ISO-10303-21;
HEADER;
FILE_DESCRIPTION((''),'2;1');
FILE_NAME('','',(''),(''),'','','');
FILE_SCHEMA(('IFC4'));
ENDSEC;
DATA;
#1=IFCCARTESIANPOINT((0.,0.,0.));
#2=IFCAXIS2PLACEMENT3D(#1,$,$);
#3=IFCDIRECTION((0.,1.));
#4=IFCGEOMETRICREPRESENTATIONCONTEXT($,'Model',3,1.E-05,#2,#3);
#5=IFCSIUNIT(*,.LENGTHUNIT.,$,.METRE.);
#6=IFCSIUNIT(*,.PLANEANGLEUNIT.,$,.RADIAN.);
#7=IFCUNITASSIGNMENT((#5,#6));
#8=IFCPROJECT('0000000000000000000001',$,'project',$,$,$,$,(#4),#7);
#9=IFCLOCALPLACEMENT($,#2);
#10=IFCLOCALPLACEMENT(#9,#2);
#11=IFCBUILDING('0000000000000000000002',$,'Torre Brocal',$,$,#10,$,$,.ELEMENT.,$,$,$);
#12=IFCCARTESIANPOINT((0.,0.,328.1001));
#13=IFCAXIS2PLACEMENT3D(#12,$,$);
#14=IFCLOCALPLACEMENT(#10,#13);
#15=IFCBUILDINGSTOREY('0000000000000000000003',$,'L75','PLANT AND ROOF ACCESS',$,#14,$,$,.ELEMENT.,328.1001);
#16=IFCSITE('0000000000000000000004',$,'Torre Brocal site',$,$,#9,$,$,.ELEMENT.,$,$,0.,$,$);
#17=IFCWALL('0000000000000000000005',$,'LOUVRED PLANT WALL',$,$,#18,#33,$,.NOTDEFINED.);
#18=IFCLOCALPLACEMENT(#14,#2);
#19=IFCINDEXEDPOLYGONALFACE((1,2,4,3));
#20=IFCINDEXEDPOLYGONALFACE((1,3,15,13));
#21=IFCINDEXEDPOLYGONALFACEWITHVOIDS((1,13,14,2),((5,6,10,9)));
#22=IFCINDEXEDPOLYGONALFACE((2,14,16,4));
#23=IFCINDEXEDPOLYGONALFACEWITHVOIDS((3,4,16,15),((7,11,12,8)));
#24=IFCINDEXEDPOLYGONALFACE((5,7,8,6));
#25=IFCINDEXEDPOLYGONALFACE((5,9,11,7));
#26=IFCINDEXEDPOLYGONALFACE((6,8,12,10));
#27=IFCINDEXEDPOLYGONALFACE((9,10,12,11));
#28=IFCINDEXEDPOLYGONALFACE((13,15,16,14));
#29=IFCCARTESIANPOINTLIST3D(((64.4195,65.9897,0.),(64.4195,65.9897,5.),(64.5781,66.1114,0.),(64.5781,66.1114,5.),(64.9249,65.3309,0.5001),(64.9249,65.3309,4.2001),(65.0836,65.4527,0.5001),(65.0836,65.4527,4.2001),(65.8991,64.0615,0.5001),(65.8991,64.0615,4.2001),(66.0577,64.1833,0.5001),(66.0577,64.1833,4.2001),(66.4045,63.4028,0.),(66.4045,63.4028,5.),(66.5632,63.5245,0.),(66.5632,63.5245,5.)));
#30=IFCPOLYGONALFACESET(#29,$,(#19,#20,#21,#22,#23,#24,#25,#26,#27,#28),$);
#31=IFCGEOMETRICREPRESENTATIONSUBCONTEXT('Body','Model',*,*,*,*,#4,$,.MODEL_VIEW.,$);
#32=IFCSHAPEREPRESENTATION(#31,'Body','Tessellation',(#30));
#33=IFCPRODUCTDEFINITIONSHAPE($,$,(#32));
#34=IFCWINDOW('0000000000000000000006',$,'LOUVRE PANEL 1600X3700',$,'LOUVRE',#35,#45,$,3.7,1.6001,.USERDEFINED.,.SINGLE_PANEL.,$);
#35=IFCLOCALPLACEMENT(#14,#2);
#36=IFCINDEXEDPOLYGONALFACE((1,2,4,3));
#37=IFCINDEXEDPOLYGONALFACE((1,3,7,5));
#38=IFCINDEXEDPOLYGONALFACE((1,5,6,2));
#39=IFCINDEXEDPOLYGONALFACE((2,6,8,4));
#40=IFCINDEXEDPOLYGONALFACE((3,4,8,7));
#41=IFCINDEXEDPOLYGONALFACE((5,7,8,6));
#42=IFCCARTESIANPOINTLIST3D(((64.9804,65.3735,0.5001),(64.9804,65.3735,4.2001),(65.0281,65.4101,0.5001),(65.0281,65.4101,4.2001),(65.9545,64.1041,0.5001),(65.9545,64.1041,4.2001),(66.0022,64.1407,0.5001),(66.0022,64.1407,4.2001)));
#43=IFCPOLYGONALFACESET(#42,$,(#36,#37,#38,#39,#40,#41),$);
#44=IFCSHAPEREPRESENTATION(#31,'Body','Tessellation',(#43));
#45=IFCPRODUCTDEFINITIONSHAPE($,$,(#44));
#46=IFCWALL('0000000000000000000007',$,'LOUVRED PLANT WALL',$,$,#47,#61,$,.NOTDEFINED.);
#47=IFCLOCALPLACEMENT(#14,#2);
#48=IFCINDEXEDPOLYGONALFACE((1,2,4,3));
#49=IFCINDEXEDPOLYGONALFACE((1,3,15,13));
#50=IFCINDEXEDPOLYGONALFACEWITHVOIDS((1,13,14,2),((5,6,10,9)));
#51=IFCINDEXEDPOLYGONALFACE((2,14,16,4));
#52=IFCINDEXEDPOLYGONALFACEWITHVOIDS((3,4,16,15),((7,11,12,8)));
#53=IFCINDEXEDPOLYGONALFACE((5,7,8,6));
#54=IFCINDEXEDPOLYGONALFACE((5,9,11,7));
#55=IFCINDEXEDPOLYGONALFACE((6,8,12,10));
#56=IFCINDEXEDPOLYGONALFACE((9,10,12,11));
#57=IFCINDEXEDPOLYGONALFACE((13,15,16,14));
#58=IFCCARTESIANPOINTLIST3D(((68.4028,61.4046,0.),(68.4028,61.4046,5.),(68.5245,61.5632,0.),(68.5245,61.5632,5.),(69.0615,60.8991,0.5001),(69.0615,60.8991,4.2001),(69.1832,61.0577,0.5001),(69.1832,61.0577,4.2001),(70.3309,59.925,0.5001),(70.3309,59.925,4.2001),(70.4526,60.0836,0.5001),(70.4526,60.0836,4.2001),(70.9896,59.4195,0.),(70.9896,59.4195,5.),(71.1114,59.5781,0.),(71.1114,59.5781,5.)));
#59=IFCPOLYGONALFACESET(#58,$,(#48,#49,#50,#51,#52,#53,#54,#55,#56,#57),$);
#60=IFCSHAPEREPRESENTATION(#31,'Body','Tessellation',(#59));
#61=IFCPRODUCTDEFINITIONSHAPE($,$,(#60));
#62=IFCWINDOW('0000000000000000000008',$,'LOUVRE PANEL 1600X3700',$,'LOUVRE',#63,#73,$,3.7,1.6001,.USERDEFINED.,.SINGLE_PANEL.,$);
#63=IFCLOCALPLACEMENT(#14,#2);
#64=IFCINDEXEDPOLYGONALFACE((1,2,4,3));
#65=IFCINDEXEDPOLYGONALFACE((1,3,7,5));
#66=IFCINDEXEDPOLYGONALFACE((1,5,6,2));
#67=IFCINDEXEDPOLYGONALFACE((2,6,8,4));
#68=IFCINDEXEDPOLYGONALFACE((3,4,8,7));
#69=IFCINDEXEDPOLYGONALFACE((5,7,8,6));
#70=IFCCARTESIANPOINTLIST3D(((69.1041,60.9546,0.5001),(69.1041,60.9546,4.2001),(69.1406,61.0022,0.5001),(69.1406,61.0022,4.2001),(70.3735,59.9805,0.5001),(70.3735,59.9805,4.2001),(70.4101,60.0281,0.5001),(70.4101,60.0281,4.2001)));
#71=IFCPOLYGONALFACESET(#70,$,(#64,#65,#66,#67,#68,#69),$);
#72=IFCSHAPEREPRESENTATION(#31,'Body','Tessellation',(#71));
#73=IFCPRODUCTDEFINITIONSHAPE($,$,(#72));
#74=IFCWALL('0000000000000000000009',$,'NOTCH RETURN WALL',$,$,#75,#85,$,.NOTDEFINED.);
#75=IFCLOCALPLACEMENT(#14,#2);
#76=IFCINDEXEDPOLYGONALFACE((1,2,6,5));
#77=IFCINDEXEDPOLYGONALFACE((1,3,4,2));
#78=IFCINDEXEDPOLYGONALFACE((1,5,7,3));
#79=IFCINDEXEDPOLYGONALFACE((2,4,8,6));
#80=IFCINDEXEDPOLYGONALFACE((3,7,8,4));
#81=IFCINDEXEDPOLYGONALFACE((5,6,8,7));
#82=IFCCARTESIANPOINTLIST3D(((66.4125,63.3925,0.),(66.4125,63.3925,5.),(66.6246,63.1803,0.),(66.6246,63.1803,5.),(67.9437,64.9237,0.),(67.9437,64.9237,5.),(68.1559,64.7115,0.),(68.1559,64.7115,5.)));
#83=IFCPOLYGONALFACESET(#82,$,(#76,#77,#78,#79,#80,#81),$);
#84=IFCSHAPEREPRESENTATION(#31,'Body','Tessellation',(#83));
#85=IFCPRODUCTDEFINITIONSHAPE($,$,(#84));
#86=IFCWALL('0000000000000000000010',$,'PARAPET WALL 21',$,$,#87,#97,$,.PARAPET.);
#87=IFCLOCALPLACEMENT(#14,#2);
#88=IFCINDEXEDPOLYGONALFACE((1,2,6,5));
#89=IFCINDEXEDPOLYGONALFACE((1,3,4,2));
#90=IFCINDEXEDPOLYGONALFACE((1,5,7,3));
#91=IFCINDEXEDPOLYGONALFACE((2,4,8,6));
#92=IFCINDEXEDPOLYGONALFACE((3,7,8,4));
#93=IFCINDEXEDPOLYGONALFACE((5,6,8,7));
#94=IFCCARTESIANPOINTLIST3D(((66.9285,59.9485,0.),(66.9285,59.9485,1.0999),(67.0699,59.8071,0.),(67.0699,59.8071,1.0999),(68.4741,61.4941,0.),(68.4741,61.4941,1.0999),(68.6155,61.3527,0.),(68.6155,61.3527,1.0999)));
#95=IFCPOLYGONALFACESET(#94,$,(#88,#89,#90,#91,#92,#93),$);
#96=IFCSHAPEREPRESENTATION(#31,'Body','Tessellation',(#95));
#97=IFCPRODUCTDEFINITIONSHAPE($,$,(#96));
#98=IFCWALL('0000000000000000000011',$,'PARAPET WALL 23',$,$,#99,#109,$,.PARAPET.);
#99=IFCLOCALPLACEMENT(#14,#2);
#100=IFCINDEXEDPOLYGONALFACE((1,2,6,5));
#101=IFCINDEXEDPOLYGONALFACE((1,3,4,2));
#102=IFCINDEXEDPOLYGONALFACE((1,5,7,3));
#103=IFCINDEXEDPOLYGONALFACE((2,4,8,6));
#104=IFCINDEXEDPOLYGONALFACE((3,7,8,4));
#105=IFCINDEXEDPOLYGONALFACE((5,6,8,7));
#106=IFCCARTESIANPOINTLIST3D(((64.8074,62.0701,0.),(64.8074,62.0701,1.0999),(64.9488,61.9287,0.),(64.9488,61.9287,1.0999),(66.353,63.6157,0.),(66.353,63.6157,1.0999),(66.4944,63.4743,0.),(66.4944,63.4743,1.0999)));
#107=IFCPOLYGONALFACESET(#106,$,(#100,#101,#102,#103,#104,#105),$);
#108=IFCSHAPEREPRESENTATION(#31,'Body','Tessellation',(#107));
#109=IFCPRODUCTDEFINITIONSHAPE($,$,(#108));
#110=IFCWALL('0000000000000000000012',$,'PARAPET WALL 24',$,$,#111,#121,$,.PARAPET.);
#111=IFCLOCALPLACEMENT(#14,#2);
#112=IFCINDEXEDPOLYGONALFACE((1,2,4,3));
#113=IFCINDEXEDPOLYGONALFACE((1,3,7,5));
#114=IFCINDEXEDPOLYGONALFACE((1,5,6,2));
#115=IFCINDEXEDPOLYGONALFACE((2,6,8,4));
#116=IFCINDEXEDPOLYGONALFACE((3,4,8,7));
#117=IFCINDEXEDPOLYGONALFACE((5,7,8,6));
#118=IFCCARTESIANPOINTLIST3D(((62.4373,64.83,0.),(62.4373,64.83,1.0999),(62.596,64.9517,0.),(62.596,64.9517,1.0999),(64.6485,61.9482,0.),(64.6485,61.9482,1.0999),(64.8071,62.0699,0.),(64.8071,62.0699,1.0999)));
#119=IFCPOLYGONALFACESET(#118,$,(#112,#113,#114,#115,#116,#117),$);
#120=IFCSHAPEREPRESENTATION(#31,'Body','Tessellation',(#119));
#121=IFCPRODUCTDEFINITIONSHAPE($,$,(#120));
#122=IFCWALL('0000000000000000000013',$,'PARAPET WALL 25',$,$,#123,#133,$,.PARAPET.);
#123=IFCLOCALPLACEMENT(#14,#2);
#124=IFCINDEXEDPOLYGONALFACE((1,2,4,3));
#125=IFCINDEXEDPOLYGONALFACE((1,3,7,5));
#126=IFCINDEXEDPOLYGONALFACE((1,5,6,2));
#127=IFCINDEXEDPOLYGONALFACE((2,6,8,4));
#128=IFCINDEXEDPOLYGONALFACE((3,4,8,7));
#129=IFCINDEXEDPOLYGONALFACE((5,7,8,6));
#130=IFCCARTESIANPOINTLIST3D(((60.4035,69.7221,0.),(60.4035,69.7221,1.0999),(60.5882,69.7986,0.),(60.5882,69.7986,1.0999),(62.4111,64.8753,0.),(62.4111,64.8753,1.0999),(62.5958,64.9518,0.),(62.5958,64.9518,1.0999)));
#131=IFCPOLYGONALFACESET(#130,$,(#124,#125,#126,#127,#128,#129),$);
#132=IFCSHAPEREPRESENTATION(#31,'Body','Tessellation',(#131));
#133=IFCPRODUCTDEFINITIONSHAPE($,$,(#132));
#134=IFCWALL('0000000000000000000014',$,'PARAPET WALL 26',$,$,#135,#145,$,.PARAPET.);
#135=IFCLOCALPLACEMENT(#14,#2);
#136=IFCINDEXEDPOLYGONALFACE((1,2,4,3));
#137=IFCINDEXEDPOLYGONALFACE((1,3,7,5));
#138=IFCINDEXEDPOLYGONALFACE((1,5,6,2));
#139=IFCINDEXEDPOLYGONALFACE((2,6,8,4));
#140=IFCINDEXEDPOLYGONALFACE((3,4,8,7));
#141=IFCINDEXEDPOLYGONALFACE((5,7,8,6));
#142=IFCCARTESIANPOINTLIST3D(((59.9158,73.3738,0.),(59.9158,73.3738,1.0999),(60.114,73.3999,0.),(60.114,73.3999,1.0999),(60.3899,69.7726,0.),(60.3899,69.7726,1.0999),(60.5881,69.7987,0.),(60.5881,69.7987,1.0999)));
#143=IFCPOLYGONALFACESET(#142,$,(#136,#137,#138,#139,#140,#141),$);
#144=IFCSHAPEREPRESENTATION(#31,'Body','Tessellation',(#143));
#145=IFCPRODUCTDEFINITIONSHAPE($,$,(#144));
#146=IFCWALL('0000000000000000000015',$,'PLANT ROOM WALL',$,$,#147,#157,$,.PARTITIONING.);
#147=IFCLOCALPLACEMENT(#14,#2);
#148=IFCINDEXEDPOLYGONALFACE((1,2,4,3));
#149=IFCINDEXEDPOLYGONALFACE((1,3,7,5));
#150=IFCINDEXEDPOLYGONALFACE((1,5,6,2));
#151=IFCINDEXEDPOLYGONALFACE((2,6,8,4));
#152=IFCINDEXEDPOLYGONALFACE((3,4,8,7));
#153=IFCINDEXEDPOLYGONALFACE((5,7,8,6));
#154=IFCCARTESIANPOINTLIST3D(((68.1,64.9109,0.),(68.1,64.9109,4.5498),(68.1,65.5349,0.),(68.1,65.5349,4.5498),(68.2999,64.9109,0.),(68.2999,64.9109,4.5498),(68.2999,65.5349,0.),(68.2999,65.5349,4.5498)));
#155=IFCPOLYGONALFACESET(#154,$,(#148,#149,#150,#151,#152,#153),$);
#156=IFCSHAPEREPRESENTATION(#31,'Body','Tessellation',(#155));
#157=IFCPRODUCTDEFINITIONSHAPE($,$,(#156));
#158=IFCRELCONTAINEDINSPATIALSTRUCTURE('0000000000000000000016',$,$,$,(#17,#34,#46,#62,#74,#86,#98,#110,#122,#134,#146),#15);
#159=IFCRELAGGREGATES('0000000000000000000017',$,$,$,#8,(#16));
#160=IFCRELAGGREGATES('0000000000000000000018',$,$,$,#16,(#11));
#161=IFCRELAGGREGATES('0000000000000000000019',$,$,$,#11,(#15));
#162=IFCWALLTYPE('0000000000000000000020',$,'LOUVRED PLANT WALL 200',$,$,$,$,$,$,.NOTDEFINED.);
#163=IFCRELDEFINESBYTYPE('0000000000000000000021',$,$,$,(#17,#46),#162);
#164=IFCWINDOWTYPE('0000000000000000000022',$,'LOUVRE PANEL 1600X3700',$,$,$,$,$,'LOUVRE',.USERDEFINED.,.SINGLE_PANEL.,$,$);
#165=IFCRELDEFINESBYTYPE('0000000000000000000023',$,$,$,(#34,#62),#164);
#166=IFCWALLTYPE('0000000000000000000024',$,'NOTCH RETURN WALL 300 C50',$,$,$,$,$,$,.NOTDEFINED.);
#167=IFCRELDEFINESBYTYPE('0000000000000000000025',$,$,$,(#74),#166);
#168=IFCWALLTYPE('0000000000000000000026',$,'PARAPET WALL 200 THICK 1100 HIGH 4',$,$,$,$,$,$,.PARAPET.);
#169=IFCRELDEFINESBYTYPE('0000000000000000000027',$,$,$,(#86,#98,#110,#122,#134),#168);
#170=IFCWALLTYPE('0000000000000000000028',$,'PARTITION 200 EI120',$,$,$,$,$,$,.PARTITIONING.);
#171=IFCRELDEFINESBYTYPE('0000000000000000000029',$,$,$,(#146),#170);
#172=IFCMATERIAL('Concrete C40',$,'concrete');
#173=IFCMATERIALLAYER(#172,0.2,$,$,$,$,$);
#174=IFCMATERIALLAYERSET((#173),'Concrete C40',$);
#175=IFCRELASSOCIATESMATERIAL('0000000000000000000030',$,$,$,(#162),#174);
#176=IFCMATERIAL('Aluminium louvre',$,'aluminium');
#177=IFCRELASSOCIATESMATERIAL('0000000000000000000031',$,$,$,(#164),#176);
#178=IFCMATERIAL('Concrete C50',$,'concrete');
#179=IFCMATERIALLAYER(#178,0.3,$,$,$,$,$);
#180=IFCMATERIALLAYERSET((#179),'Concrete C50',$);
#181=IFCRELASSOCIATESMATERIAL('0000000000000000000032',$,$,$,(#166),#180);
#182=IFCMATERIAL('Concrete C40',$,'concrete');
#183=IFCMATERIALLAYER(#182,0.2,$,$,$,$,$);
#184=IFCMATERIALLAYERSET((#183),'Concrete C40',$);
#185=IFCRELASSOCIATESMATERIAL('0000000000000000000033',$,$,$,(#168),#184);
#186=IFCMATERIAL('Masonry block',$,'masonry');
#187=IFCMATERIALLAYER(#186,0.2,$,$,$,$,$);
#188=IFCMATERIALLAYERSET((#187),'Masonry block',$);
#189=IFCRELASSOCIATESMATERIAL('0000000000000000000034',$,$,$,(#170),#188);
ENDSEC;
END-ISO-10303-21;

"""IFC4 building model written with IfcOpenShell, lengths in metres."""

from ifc_helpers import new_model, si_unit, direction, frame, frame_2d, origin, place, context, subcontext, project, spatial, rectangle, extrude, material, layer, layer_set, type_object, element, fill, save


model = new_model("IFC4")

# Units and contexts
model_context = context("Model", 3, precision=1e-05, world=origin(), true_north=direction((0.0, 1.0)))
body_context = subcontext(model_context, "Body", "Model", "MODEL_VIEW")
ifc_project = project(units=[si_unit("LENGTHUNIT", "METRE"), si_unit("PLANEANGLEUNIT", "RADIAN")], contexts=[model_context])

# Site, building, storey
site_placement = place(None, origin())
site = spatial("IfcSite", under=ifc_project, at=site_placement, Name="Torre Brocal site", CompositionType="ELEMENT", RefElevation=0.0)
building_placement = place(site_placement, origin())
building = spatial("IfcBuilding", under=site, at=building_placement, Name="Torre Brocal", CompositionType="ELEMENT")
storey_placement = place(building_placement, frame((0.0, 0.0, 328.1001)))
storey = spatial("IfcBuildingStorey", under=building, at=storey_placement, Name="L75", Description="PLANT AND ROOF ACCESS", CompositionType="ELEMENT", Elevation=328.1001)

# Walls, openings, windows
ifc_material_1 = material(Name="Concrete C40", Category="concrete")
ifc_layer_1 = layer(ifc_material_1, 0.2)
ifc_layer_set_1 = layer_set([ifc_layer_1], Name="Concrete C40")
wall_type_1 = type_object("IfcWallType", Name="LOUVRED PLANT WALL 200", PredefinedType="NOTDEFINED", material=ifc_layer_set_1)
wall_1_placement = place(storey_placement, frame((64.4988, 66.0505, 0.0), z_axis=(0.0, 0.0, 1.0), x_axis=(0.60878, -0.793339, 0.0)))
wall_1 = element("IfcWall", 1, at=wall_1_placement, inside=storey, type_object=wall_type_1, Name="LOUVRED PLANT WALL", PredefinedType="NOTDEFINED", context=body_context, shape_type="SweptSolid", body=[
    extrude(rectangle(XDim=3.2607, YDim=0.2, at=frame_2d((1.6304, 0.0))), origin(), (0.0, 0.0, 1.0), 5.0),
])
opening_1_placement = place(wall_1_placement, frame((0.8303, 0.0, 0.5)))
opening_1 = element("IfcOpeningElement", 2, at=opening_1_placement, cuts=wall_1, PredefinedType="OPENING", context=body_context, shape_type="SweptSolid", body=[
    extrude(rectangle(XDim=1.6001, YDim=3.7, at=frame_2d((0.8, 1.8501))), frame((0.0, 0.1099, 0.0), z_axis=(0.0, -1.0, 0.0), x_axis=(1.0, 0.0, 0.0)), (0.0, 0.0, 1.0), 0.22),
])
ifc_material_2 = material(Name="Aluminium louvre", Category="aluminium")
window_type_1 = type_object("IfcWindowType", Name="LOUVRE PANEL 1600X3700", ElementType="LOUVRE", PartitioningType="SINGLE_PANEL", PredefinedType="USERDEFINED", material=ifc_material_2)
window_1_placement = place(opening_1_placement, origin())
window_1 = element("IfcWindow", 3, at=window_1_placement, inside=storey, type_object=window_type_1, Name="LOUVRE PANEL 1600X3700", ObjectType="LOUVRE", OverallHeight=3.7, OverallWidth=1.6001, PartitioningType="SINGLE_PANEL", PredefinedType="USERDEFINED", context=body_context, shape_type="SweptSolid", body=[
    extrude(rectangle(XDim=1.6001, YDim=3.7, at=frame_2d((0.8, 1.8501))), frame((0.0, 0.03, 0.0), z_axis=(0.0, -1.0, 0.0), x_axis=(1.0, 0.0, 0.0)), (0.0, 0.0, 1.0), 0.0601),
])
fill(opening_1, window_1)
wall_2_placement = place(storey_placement, frame((68.4636, 61.4839, 0.0), z_axis=(0.0, 0.0, 1.0), x_axis=(0.793339, -0.60878, 0.0)))
wall_2 = element("IfcWall", 4, at=wall_2_placement, inside=storey, type_object=wall_type_1, Name="LOUVRED PLANT WALL", PredefinedType="NOTDEFINED", context=body_context, shape_type="SweptSolid", body=[
    extrude(rectangle(XDim=3.2607, YDim=0.2, at=frame_2d((1.6304, 0.0))), origin(), (0.0, 0.0, 1.0), 5.0),
])
opening_2_placement = place(wall_2_placement, frame((0.8303, 0.0, 0.5)))
opening_2 = element("IfcOpeningElement", 5, at=opening_2_placement, cuts=wall_2, PredefinedType="OPENING", context=body_context, shape_type="SweptSolid", body=[
    extrude(rectangle(XDim=1.6001, YDim=3.7, at=frame_2d((0.8, 1.8501))), frame((0.0, 0.1099, 0.0), z_axis=(0.0, -1.0, 0.0), x_axis=(1.0, 0.0, 0.0)), (0.0, 0.0, 1.0), 0.22),
])
window_2_placement = place(opening_2_placement, origin())
window_2 = element("IfcWindow", 6, at=window_2_placement, inside=storey, type_object=window_type_1, Name="LOUVRE PANEL 1600X3700", ObjectType="LOUVRE", OverallHeight=3.7, OverallWidth=1.6001, PartitioningType="SINGLE_PANEL", PredefinedType="USERDEFINED", context=body_context, shape_type="SweptSolid", body=[
    extrude(rectangle(XDim=1.6001, YDim=3.7, at=frame_2d((0.8, 1.8501))), frame((0.0, 0.03, 0.0), z_axis=(0.0, -1.0, 0.0), x_axis=(1.0, 0.0, 0.0)), (0.0, 0.0, 1.0), 0.0601),
])
fill(opening_2, window_2)

# Walls
ifc_material_3 = material(Name="Concrete C50", Category="concrete")
ifc_layer_2 = layer(ifc_material_3, 0.3)
ifc_layer_set_2 = layer_set([ifc_layer_2], Name="Concrete C50")
wall_type_2 = type_object("IfcWallType", Name="NOTCH RETURN WALL 300 C50", PredefinedType="NOTDEFINED", material=ifc_layer_set_2)
wall_3_placement = place(storey_placement, frame((68.0498, 64.8176, 0.0), z_axis=(0.0, 0.0, 1.0), x_axis=(-0.707107, -0.707107, 0.0)))
element("IfcWall", 7, at=wall_3_placement, inside=storey, type_object=wall_type_2, Name="NOTCH RETURN WALL", PredefinedType="NOTDEFINED", context=body_context, shape_type="SweptSolid", body=[
    extrude(rectangle(XDim=2.1655, YDim=0.3, at=frame_2d((1.0828, 0.0))), origin(), (0.0, 0.0, 1.0), 5.0),
])
ifc_material_4 = material(Name="Concrete C40", Category="concrete")
ifc_layer_3 = layer(ifc_material_4, 0.2)
ifc_layer_set_3 = layer_set([ifc_layer_3], Name="Concrete C40")
wall_type_3 = type_object("IfcWallType", Name="PARAPET WALL 200 THICK 1100 HIGH 4", PredefinedType="PARAPET", material=ifc_layer_set_3)
for number, where, z_axis, x_axis, name in (
    (8, (66.9993, 59.8779, 0.0), (0.0, 0.0, 1.0), (0.707107, 0.707107, 0.0), "PARAPET WALL 21"),
    (9, (66.4236, 63.5449, 0.0), (0.0, 0.0, 1.0), (-0.707107, -0.707107, 0.0), "PARAPET WALL 23"),
):
    element("IfcWall", number, at=place(storey_placement, frame(where, z_axis=z_axis, x_axis=x_axis)), inside=storey, type_object=wall_type_3, Name=name, PredefinedType="PARAPET", context=body_context, shape_type="SweptSolid", body=[
        extrude(rectangle(XDim=2.1858, YDim=0.2, at=frame_2d((1.0928, 0.0))), origin(), (0.0, 0.0, 1.0), 1.0999),
    ])
wall_4_placement = place(storey_placement, frame((64.7278, 62.009, 0.0), z_axis=(0.0, 0.0, 1.0), x_axis=(-0.608739, 0.79337, 0.0)))
element("IfcWall", 10, at=wall_4_placement, inside=storey, type_object=wall_type_3, Name="PARAPET WALL 24", PredefinedType="PARAPET", context=body_context, shape_type="SweptSolid", body=[
    extrude(rectangle(XDim=3.6323, YDim=0.2, at=frame_2d((1.8162, 0.0))), origin(), (0.0, 0.0, 1.0), 1.0999),
])
wall_5_placement = place(storey_placement, frame((62.5034, 64.9136, 0.0), z_axis=(0.0, 0.0, 1.0), x_axis=(-0.382685, 0.923879, 0.0)))
element("IfcWall", 11, at=wall_5_placement, inside=storey, type_object=wall_type_3, Name="PARAPET WALL 25", PredefinedType="PARAPET", context=body_context, shape_type="SweptSolid", body=[
    extrude(rectangle(XDim=5.2461, YDim=0.2, at=frame_2d((2.623, 0.0))), origin(), (0.0, 0.0, 1.0), 1.0999),
])
wall_6_placement = place(storey_placement, frame((60.489, 69.7856, 0.0), z_axis=(0.0, 0.0, 1.0), x_axis=(-0.130526, 0.991445, 0.0)))
element("IfcWall", 12, at=wall_6_placement, inside=storey, type_object=wall_type_3, Name="PARAPET WALL 26", PredefinedType="PARAPET", context=body_context, shape_type="SweptSolid", body=[
    extrude(rectangle(XDim=3.6323, YDim=0.2, at=frame_2d((1.8162, 0.0))), origin(), (0.0, 0.0, 1.0), 1.0999),
])
ifc_material_5 = material(Name="Masonry block", Category="masonry")
ifc_layer_4 = layer(ifc_material_5, 0.2)
ifc_layer_set_4 = layer_set([ifc_layer_4], Name="Masonry block")
wall_type_4 = type_object("IfcWallType", Name="PARTITION 200 EI120", PredefinedType="PARTITIONING", material=ifc_layer_set_4)
wall_7_placement = place(storey_placement, frame((68.2, 64.9109, 0.0), z_axis=(0.0, 0.0, 1.0), x_axis=(0.0, 1.0, 0.0)))
element("IfcWall", 13, at=wall_7_placement, inside=storey, type_object=wall_type_4, Name="PLANT ROOM WALL", PredefinedType="PARTITIONING", context=body_context, shape_type="SweptSolid", body=[
    extrude(rectangle(XDim=0.624, YDim=0.2, at=frame_2d((0.312, 0.0))), origin(), (0.0, 0.0, 1.0), 4.5498),
])

save(model, "model.ifc")
